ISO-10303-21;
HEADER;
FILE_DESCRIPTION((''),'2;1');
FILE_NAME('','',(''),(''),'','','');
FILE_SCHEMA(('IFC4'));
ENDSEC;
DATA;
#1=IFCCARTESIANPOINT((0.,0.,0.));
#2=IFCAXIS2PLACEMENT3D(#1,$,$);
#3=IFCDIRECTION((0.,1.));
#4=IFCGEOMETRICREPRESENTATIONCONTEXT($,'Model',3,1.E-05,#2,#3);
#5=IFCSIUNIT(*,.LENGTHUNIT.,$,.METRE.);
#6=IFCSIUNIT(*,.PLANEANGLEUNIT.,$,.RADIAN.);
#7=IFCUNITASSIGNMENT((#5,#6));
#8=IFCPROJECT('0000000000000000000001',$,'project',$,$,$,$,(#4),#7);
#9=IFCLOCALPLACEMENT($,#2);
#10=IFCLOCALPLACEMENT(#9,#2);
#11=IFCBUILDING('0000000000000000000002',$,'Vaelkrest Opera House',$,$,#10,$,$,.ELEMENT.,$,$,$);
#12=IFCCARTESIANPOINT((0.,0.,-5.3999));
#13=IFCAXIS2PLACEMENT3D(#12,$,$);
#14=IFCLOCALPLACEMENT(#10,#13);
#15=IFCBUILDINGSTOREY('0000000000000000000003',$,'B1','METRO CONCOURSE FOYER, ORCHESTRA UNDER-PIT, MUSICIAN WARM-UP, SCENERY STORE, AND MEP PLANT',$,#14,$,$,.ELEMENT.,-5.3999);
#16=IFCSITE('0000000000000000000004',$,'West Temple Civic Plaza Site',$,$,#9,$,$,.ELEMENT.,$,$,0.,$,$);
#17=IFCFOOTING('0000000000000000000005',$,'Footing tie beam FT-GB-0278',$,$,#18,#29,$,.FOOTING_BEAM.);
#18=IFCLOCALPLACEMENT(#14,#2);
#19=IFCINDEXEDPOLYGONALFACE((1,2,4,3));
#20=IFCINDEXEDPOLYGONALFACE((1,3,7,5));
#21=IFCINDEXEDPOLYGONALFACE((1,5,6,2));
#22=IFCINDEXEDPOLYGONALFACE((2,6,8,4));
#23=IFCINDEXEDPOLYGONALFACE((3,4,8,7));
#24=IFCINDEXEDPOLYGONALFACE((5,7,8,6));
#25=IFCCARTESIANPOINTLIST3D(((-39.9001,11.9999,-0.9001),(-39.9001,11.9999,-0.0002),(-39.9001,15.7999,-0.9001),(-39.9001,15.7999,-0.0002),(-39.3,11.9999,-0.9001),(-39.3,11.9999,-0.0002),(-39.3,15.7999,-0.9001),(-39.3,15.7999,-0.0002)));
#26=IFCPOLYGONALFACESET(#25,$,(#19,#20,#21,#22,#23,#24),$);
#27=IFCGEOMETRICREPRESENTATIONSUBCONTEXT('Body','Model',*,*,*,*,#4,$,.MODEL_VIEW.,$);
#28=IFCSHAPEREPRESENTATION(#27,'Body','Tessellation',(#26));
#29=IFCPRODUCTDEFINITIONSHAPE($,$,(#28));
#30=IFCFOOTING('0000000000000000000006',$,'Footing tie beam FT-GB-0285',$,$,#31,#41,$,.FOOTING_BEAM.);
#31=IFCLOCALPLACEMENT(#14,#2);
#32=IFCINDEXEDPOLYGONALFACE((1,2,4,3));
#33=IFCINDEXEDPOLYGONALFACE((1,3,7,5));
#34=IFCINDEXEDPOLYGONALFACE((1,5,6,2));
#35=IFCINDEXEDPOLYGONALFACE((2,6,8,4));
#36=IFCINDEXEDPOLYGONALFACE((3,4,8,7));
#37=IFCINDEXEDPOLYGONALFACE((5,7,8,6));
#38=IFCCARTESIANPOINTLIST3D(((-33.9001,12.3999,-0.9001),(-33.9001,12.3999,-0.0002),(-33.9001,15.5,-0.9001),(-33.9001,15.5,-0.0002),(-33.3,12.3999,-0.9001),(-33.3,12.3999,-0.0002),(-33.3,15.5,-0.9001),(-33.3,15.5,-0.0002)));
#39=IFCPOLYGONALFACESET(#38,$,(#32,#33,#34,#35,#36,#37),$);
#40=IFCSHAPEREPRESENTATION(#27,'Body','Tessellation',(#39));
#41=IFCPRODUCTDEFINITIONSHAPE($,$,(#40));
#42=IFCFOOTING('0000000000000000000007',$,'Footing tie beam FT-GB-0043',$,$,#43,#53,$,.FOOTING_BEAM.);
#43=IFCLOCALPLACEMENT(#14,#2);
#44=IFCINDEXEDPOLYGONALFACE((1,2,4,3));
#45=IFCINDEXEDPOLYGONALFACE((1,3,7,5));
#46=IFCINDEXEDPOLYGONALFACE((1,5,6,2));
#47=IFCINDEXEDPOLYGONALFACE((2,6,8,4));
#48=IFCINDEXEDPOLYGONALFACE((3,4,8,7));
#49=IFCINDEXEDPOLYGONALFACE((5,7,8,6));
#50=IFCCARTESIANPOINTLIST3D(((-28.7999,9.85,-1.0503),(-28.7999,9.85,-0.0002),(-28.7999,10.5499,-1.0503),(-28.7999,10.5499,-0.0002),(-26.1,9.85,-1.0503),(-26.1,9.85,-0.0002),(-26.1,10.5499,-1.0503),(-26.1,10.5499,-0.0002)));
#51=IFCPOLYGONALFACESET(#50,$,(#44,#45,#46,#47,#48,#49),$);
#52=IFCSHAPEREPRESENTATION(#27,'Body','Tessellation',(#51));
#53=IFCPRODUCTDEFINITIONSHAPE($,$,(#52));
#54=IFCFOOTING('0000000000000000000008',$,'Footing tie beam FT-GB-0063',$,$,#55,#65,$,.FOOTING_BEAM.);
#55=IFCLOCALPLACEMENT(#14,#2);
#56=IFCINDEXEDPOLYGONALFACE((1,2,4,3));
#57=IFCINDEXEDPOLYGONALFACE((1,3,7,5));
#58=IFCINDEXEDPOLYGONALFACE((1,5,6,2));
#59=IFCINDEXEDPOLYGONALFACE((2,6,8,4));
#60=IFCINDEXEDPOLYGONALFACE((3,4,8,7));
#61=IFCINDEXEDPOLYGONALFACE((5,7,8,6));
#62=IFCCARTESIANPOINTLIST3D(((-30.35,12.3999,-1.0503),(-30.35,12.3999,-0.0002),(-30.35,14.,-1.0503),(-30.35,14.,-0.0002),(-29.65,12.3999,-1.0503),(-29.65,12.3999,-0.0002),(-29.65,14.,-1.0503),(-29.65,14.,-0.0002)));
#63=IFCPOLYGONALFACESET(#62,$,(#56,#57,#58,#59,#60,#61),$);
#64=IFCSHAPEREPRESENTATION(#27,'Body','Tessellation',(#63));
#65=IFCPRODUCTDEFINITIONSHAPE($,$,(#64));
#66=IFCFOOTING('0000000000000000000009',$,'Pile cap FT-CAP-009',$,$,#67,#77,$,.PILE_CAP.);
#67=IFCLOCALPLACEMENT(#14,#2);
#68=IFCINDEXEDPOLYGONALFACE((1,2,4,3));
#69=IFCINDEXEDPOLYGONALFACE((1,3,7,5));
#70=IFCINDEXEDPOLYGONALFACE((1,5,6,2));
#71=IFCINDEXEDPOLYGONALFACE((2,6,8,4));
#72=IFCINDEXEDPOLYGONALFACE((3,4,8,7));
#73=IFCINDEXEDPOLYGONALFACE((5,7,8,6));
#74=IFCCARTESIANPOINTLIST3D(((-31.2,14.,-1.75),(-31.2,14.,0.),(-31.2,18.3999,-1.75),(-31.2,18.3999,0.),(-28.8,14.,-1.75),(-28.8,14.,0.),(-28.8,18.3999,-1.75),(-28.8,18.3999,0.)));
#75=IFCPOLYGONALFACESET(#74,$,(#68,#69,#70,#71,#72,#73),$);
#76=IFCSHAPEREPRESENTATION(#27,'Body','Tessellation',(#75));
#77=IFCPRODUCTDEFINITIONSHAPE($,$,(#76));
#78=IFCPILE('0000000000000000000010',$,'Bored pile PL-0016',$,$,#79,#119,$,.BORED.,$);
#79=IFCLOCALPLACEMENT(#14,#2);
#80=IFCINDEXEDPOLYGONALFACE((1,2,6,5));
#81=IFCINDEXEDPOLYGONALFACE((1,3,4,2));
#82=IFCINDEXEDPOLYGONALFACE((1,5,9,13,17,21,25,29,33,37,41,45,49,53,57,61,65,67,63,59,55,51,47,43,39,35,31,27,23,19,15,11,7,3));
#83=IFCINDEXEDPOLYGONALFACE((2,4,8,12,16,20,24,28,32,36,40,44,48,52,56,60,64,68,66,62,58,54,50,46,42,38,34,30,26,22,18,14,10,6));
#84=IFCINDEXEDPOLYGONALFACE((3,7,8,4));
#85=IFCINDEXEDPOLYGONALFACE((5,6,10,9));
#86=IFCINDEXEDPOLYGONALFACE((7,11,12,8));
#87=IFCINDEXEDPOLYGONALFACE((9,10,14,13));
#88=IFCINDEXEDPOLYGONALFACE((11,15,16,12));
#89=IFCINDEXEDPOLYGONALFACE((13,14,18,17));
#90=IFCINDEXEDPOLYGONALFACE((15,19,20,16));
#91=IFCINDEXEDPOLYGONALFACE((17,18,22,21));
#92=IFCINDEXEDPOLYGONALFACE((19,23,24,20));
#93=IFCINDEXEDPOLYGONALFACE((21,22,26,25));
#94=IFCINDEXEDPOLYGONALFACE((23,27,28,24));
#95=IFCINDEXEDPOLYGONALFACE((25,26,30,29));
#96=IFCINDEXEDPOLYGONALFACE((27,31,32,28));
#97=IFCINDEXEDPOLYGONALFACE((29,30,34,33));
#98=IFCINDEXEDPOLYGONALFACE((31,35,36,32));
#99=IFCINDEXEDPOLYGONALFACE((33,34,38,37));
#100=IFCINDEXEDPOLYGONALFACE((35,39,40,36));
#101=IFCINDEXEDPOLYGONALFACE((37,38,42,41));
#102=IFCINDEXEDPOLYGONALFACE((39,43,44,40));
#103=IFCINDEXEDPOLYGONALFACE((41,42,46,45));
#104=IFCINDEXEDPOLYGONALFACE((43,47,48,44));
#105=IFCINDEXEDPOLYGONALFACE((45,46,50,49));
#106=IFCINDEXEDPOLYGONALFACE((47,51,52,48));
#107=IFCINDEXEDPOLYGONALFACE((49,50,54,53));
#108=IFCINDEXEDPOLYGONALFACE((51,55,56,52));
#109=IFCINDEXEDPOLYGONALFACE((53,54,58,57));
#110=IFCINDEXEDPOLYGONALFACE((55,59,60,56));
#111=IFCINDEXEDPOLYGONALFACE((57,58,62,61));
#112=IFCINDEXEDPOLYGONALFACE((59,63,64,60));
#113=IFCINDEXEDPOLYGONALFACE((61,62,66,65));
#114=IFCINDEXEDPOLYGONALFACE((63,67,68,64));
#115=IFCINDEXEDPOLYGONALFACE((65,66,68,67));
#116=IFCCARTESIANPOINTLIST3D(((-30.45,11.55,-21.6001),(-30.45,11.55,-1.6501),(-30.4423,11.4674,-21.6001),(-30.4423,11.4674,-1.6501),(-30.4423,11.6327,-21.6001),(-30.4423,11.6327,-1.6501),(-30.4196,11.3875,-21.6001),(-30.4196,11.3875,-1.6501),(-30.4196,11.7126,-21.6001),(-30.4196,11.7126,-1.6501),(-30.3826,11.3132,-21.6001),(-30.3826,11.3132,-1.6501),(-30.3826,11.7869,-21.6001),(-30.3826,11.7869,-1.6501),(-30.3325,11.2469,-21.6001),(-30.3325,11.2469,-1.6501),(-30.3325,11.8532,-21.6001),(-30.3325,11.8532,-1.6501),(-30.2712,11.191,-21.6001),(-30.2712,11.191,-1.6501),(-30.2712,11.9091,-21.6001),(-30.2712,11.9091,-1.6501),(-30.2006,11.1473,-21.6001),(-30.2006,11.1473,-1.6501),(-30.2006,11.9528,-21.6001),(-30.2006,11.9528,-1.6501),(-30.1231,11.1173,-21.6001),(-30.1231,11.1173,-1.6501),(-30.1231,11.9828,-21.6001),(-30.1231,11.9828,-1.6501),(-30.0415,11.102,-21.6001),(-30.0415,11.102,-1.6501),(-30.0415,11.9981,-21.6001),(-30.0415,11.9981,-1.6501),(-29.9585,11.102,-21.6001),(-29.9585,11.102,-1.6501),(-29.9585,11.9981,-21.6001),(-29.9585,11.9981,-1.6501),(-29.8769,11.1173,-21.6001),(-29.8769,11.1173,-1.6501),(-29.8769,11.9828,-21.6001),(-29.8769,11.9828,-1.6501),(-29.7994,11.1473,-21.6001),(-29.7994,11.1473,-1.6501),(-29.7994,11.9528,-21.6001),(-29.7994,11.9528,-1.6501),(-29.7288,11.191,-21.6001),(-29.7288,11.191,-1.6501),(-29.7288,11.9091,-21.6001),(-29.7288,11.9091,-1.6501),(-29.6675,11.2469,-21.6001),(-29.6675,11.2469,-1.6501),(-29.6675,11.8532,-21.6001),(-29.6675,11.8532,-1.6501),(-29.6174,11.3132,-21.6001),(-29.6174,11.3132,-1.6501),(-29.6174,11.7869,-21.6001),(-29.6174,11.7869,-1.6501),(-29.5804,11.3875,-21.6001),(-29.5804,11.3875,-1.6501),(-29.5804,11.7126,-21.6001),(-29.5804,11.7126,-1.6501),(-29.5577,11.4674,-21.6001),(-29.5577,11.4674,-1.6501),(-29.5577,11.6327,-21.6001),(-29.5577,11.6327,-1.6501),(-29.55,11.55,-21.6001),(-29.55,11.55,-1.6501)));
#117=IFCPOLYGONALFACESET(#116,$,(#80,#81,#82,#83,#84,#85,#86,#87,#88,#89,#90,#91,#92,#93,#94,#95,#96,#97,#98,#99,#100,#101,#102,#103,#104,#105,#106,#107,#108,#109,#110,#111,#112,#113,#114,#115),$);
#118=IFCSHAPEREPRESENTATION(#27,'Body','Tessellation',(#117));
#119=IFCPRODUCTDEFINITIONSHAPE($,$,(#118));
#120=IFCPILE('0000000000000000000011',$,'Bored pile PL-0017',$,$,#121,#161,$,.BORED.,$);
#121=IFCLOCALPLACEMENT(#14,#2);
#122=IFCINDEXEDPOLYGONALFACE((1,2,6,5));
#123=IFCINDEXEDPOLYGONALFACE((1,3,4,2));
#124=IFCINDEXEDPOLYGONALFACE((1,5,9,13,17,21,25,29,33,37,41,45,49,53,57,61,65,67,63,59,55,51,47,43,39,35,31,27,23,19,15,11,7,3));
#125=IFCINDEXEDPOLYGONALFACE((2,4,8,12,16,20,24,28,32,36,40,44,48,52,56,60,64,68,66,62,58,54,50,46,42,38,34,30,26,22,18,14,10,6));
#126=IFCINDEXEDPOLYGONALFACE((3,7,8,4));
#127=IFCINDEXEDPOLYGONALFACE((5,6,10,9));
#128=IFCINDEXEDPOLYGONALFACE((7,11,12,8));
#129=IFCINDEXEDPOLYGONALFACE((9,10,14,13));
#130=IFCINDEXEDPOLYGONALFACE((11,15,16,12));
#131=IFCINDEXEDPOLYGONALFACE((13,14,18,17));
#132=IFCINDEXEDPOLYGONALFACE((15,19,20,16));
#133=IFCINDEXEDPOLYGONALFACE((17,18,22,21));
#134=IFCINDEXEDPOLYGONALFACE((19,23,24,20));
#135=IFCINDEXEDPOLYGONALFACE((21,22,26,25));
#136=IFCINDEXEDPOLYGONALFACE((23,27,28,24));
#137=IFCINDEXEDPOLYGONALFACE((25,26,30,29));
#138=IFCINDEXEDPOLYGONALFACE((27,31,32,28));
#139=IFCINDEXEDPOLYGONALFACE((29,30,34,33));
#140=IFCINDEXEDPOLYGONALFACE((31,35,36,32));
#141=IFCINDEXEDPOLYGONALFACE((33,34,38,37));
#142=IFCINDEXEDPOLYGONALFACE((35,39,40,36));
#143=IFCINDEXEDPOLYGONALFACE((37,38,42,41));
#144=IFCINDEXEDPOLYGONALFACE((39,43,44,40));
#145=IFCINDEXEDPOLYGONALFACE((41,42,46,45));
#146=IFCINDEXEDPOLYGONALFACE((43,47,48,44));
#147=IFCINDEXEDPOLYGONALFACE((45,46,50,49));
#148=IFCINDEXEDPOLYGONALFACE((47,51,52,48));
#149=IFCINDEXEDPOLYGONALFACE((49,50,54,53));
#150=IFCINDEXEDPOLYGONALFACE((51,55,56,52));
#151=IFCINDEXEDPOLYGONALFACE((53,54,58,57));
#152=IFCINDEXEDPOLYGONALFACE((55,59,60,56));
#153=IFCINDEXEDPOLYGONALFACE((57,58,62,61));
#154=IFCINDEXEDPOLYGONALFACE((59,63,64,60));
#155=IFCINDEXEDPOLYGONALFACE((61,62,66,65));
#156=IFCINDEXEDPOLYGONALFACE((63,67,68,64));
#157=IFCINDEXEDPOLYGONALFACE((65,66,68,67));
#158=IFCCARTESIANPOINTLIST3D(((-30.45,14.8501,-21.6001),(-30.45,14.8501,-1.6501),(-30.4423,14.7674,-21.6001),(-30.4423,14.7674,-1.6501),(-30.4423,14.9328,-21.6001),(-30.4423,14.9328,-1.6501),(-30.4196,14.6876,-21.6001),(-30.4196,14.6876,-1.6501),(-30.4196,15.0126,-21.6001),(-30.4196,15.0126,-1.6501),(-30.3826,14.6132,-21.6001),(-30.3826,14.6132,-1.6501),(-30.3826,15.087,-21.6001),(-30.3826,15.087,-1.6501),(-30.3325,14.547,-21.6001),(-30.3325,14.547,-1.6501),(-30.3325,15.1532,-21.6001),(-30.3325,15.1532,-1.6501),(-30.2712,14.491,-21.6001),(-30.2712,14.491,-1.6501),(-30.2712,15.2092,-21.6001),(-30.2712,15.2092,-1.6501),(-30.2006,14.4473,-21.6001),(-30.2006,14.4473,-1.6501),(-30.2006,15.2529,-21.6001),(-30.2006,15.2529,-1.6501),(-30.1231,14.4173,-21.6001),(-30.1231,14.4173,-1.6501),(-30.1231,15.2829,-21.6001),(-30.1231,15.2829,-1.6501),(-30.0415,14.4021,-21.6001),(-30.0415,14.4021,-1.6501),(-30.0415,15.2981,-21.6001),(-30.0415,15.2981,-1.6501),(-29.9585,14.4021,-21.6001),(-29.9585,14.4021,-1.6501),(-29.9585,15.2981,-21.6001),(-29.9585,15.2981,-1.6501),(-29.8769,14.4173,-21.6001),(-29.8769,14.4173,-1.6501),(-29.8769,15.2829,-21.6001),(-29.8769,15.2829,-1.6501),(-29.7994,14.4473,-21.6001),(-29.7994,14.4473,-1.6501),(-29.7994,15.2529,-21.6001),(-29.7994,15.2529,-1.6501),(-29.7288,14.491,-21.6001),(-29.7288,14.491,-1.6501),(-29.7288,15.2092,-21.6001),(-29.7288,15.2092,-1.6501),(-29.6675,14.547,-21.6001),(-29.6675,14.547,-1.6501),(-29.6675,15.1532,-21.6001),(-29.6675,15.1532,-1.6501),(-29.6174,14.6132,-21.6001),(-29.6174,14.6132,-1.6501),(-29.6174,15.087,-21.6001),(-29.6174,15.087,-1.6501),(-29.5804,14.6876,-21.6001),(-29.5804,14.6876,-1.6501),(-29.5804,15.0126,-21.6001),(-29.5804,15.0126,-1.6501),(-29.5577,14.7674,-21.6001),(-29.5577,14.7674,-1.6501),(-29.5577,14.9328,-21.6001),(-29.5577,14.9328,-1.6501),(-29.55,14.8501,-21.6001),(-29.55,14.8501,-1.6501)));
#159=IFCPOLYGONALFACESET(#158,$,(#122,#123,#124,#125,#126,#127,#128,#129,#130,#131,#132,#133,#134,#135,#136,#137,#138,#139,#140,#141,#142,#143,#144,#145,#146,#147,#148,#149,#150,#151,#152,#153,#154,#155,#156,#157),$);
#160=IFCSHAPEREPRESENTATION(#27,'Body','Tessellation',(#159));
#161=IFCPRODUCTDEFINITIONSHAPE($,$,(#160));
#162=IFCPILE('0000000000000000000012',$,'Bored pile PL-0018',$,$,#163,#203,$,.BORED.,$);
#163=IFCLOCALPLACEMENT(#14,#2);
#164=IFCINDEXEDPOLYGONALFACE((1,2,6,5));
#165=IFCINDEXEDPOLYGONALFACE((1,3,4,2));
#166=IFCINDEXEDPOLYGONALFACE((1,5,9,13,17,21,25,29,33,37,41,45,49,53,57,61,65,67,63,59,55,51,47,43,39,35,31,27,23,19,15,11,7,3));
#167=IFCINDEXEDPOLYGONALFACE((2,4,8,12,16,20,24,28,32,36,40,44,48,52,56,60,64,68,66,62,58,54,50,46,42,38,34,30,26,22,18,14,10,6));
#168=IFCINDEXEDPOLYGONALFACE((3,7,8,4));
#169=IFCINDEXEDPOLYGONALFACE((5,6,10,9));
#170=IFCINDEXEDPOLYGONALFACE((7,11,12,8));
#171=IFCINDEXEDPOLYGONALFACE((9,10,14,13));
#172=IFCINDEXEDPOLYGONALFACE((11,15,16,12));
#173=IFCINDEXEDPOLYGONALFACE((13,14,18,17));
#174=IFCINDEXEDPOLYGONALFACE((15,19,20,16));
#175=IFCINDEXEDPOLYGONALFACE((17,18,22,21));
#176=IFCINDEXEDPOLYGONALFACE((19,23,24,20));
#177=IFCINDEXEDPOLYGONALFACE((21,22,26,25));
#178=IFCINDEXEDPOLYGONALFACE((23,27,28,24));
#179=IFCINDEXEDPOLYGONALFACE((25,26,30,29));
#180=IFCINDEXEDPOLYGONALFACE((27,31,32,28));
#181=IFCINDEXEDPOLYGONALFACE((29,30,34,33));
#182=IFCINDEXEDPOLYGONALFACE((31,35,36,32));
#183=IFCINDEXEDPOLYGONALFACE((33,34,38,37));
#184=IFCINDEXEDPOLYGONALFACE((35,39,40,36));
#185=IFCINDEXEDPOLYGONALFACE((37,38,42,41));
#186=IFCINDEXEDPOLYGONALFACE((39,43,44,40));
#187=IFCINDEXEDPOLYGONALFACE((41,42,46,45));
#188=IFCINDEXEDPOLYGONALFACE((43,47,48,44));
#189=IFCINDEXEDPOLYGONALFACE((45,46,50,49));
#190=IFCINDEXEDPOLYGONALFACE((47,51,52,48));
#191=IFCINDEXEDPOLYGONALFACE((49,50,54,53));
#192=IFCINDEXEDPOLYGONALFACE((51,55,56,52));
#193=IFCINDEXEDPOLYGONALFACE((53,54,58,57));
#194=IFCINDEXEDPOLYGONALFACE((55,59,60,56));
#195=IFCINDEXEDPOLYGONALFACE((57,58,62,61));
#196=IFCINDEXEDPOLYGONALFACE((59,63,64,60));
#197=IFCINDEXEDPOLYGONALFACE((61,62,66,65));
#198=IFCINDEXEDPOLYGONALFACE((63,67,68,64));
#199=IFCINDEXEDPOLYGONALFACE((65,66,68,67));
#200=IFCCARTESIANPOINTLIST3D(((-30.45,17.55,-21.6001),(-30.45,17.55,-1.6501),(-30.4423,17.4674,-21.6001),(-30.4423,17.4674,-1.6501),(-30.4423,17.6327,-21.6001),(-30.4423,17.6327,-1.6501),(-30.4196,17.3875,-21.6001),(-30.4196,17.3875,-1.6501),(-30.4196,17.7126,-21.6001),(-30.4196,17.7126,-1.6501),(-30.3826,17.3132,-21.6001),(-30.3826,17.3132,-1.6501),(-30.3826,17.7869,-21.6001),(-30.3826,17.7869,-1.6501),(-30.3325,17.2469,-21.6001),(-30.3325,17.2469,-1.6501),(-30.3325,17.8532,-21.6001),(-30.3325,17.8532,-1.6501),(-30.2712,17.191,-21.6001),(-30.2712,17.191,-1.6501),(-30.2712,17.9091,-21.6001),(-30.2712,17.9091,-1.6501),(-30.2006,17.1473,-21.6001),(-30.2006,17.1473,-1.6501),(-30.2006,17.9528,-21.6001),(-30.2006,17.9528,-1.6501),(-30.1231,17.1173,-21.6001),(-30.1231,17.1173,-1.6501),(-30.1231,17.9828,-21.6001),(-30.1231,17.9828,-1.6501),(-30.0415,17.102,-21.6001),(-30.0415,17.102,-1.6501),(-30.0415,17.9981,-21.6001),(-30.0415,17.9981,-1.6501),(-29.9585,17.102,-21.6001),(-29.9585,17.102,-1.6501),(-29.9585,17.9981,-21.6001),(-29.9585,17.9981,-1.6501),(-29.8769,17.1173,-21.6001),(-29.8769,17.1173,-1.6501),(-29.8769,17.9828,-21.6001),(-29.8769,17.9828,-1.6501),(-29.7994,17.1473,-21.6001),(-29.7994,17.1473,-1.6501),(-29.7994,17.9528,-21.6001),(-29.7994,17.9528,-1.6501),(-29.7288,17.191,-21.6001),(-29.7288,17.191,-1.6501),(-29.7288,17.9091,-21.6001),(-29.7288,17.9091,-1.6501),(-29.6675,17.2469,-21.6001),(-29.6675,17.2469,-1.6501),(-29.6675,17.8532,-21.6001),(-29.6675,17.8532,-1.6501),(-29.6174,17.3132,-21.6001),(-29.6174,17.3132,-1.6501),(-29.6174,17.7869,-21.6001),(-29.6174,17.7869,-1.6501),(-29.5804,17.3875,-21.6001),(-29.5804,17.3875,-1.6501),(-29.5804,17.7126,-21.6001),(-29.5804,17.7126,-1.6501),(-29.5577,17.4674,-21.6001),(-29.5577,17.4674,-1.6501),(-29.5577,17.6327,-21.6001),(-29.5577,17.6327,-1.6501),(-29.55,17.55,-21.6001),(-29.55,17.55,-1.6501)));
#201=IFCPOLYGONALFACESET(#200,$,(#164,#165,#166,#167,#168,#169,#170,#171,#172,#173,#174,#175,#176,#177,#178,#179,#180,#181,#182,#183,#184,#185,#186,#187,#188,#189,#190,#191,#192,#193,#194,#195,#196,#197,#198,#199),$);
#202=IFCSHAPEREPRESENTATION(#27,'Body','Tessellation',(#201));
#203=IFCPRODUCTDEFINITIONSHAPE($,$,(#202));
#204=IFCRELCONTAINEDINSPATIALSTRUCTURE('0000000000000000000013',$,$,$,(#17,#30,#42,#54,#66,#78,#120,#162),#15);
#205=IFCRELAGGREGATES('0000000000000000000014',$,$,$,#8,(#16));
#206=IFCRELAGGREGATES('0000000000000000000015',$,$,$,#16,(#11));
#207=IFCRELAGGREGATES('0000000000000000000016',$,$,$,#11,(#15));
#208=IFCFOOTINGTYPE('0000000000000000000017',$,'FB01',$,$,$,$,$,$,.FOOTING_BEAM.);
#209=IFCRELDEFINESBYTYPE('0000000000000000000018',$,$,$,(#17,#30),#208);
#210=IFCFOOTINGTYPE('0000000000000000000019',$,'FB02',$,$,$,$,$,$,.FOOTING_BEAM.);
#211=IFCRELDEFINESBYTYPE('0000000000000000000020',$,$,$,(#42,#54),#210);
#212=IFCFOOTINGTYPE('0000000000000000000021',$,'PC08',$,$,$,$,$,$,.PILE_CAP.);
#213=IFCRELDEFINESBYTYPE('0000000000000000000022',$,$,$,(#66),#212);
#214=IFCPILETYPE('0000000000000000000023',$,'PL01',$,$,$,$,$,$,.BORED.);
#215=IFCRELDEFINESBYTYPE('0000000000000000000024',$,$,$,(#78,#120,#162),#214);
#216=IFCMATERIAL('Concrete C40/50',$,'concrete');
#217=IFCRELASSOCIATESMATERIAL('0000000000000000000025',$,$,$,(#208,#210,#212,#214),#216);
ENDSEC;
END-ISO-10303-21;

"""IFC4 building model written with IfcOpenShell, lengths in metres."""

from ifc_helpers import new_model, si_unit, direction, frame, origin, origin_2d, place, context, subcontext, project, spatial, rectangle, circle, extrude, material, material_profile, profile_set, type_object, element, save


model = new_model("IFC4")

# Units and contexts
model_context = context("Model", 3, precision=1e-05, world=origin(), true_north=direction((0.0, 1.0)))
body_context = subcontext(model_context, "Body", "Model", "MODEL_VIEW")
ifc_project = project(units=[si_unit("LENGTHUNIT", "METRE"), si_unit("PLANEANGLEUNIT", "RADIAN")], contexts=[model_context])

# Site, building, storey
site_placement = place(None, origin())
site = spatial("IfcSite", under=ifc_project, at=site_placement, Name="West Temple Civic Plaza Site", CompositionType="ELEMENT", RefElevation=0.0)
building_placement = place(site_placement, origin())
building = spatial("IfcBuilding", under=site, at=building_placement, Name="Vaelkrest Opera House", CompositionType="ELEMENT")
storey_placement = place(building_placement, frame((0.0, 0.0, -5.3999)))
storey = spatial("IfcBuildingStorey", under=building, at=storey_placement, Name="B1", Description="METRO CONCOURSE FOYER, ORCHESTRA UNDER-PIT, MUSICIAN WARM-UP, SCENERY STORE, AND MEP PLANT", CompositionType="ELEMENT", Elevation=-5.3999)

# Footings
ifc_material_1 = material(Name="Concrete C40/50", Category="concrete")
footing_type_1 = type_object("IfcFootingType", Name="FB01", PredefinedType="FOOTING_BEAM", material=ifc_material_1)
footing_1_placement = place(storey_placement, frame((-39.6001, 13.8999, -0.9001), z_axis=(0.0, 0.0, 1.0), x_axis=(0.0, 1.0, 0.0)))
element("IfcFooting", 1, at=footing_1_placement, inside=storey, type_object=footing_type_1, Name="Footing tie beam FT-GB-0278", PredefinedType="FOOTING_BEAM", context=body_context, shape_type="SweptSolid", body=[
    extrude(rectangle(XDim=3.8, YDim=0.6001, at=origin_2d()), origin(), (0.0, 0.0, 1.0), 0.8999),
])
footing_2_placement = place(storey_placement, frame((-33.6001, 13.95, -0.9001), z_axis=(0.0, 0.0, 1.0), x_axis=(0.0, 1.0, 0.0)))
element("IfcFooting", 2, at=footing_2_placement, inside=storey, type_object=footing_type_1, Name="Footing tie beam FT-GB-0285", PredefinedType="FOOTING_BEAM", context=body_context, shape_type="SweptSolid", body=[
    extrude(rectangle(XDim=3.1001, YDim=0.6001, at=origin_2d()), origin(), (0.0, 0.0, 1.0), 0.8999),
])
footing_type_2 = type_object("IfcFootingType", Name="FB02", PredefinedType="FOOTING_BEAM", material=ifc_material_1)
footing_3_placement = place(storey_placement, frame((-27.45, 10.2, -1.0503), z_axis=(0.0, 0.0, 1.0), x_axis=(1.0, 0.0, 0.0)))
element("IfcFooting", 3, at=footing_3_placement, inside=storey, type_object=footing_type_2, Name="Footing tie beam FT-GB-0043", PredefinedType="FOOTING_BEAM", context=body_context, shape_type="SweptSolid", body=[
    extrude(rectangle(XDim=2.7, YDim=0.7, at=origin_2d()), origin(), (0.0, 0.0, 1.0), 1.05),
])
footing_4_placement = place(storey_placement, frame((-30.0, 13.2, -1.0503), z_axis=(0.0, 0.0, 1.0), x_axis=(0.0, 1.0, 0.0)))
element("IfcFooting", 4, at=footing_4_placement, inside=storey, type_object=footing_type_2, Name="Footing tie beam FT-GB-0063", PredefinedType="FOOTING_BEAM", context=body_context, shape_type="SweptSolid", body=[
    extrude(rectangle(XDim=1.6001, YDim=0.7, at=origin_2d()), origin(), (0.0, 0.0, 1.0), 1.05),
])
footing_type_3 = type_object("IfcFootingType", Name="PC08", PredefinedType="PILE_CAP", material=ifc_material_1)
footing_5_placement = place(storey_placement, frame((-30.0, 16.2, -1.75), z_axis=(0.0, 0.0, 1.0), x_axis=(1.0, 0.0, 0.0)))
element("IfcFooting", 5, at=footing_5_placement, inside=storey, type_object=footing_type_3, Name="Pile cap FT-CAP-009", PredefinedType="PILE_CAP", context=body_context, shape_type="SweptSolid", body=[
    extrude(rectangle(XDim=2.3999, YDim=4.3999, at=origin_2d()), origin(), (0.0, 0.0, 1.0), 1.75),
])

# Piles
ifc_material_profile_1 = material_profile(ifc_material_1, circle(Radius=0.45, at=origin_2d()), Name="PILE900")
ifc_profile_set_1 = profile_set([ifc_material_profile_1], Name="Concrete C40/50")
pile_type_1 = type_object("IfcPileType", Name="PL01", PredefinedType="BORED", material=ifc_profile_set_1)
for number, where, z_axis, x_axis, name in (
    (6, (-30.0, 11.55, -1.6501), (0.0, 0.0, -1.0), (1.0, 0.0, 0.0), "Bored pile PL-0016"),
    (7, (-30.0, 14.8501, -1.6501), (0.0, 0.0, -1.0), (1.0, 0.0, 0.0), "Bored pile PL-0017"),
    (8, (-30.0, 17.55, -1.6501), (0.0, 0.0, -1.0), (1.0, 0.0, 0.0), "Bored pile PL-0018"),
):
    element("IfcPile", number, at=place(storey_placement, frame(where, z_axis=z_axis, x_axis=x_axis)), inside=storey, type_object=pile_type_1, Name=name, PredefinedType="BORED", context=body_context, shape_type="SweptSolid", body=[
        extrude(circle(Radius=0.45, at=origin_2d()), origin(), (0.0, 0.0, 1.0), 19.95),
    ])

save(model, "model.ifc")
